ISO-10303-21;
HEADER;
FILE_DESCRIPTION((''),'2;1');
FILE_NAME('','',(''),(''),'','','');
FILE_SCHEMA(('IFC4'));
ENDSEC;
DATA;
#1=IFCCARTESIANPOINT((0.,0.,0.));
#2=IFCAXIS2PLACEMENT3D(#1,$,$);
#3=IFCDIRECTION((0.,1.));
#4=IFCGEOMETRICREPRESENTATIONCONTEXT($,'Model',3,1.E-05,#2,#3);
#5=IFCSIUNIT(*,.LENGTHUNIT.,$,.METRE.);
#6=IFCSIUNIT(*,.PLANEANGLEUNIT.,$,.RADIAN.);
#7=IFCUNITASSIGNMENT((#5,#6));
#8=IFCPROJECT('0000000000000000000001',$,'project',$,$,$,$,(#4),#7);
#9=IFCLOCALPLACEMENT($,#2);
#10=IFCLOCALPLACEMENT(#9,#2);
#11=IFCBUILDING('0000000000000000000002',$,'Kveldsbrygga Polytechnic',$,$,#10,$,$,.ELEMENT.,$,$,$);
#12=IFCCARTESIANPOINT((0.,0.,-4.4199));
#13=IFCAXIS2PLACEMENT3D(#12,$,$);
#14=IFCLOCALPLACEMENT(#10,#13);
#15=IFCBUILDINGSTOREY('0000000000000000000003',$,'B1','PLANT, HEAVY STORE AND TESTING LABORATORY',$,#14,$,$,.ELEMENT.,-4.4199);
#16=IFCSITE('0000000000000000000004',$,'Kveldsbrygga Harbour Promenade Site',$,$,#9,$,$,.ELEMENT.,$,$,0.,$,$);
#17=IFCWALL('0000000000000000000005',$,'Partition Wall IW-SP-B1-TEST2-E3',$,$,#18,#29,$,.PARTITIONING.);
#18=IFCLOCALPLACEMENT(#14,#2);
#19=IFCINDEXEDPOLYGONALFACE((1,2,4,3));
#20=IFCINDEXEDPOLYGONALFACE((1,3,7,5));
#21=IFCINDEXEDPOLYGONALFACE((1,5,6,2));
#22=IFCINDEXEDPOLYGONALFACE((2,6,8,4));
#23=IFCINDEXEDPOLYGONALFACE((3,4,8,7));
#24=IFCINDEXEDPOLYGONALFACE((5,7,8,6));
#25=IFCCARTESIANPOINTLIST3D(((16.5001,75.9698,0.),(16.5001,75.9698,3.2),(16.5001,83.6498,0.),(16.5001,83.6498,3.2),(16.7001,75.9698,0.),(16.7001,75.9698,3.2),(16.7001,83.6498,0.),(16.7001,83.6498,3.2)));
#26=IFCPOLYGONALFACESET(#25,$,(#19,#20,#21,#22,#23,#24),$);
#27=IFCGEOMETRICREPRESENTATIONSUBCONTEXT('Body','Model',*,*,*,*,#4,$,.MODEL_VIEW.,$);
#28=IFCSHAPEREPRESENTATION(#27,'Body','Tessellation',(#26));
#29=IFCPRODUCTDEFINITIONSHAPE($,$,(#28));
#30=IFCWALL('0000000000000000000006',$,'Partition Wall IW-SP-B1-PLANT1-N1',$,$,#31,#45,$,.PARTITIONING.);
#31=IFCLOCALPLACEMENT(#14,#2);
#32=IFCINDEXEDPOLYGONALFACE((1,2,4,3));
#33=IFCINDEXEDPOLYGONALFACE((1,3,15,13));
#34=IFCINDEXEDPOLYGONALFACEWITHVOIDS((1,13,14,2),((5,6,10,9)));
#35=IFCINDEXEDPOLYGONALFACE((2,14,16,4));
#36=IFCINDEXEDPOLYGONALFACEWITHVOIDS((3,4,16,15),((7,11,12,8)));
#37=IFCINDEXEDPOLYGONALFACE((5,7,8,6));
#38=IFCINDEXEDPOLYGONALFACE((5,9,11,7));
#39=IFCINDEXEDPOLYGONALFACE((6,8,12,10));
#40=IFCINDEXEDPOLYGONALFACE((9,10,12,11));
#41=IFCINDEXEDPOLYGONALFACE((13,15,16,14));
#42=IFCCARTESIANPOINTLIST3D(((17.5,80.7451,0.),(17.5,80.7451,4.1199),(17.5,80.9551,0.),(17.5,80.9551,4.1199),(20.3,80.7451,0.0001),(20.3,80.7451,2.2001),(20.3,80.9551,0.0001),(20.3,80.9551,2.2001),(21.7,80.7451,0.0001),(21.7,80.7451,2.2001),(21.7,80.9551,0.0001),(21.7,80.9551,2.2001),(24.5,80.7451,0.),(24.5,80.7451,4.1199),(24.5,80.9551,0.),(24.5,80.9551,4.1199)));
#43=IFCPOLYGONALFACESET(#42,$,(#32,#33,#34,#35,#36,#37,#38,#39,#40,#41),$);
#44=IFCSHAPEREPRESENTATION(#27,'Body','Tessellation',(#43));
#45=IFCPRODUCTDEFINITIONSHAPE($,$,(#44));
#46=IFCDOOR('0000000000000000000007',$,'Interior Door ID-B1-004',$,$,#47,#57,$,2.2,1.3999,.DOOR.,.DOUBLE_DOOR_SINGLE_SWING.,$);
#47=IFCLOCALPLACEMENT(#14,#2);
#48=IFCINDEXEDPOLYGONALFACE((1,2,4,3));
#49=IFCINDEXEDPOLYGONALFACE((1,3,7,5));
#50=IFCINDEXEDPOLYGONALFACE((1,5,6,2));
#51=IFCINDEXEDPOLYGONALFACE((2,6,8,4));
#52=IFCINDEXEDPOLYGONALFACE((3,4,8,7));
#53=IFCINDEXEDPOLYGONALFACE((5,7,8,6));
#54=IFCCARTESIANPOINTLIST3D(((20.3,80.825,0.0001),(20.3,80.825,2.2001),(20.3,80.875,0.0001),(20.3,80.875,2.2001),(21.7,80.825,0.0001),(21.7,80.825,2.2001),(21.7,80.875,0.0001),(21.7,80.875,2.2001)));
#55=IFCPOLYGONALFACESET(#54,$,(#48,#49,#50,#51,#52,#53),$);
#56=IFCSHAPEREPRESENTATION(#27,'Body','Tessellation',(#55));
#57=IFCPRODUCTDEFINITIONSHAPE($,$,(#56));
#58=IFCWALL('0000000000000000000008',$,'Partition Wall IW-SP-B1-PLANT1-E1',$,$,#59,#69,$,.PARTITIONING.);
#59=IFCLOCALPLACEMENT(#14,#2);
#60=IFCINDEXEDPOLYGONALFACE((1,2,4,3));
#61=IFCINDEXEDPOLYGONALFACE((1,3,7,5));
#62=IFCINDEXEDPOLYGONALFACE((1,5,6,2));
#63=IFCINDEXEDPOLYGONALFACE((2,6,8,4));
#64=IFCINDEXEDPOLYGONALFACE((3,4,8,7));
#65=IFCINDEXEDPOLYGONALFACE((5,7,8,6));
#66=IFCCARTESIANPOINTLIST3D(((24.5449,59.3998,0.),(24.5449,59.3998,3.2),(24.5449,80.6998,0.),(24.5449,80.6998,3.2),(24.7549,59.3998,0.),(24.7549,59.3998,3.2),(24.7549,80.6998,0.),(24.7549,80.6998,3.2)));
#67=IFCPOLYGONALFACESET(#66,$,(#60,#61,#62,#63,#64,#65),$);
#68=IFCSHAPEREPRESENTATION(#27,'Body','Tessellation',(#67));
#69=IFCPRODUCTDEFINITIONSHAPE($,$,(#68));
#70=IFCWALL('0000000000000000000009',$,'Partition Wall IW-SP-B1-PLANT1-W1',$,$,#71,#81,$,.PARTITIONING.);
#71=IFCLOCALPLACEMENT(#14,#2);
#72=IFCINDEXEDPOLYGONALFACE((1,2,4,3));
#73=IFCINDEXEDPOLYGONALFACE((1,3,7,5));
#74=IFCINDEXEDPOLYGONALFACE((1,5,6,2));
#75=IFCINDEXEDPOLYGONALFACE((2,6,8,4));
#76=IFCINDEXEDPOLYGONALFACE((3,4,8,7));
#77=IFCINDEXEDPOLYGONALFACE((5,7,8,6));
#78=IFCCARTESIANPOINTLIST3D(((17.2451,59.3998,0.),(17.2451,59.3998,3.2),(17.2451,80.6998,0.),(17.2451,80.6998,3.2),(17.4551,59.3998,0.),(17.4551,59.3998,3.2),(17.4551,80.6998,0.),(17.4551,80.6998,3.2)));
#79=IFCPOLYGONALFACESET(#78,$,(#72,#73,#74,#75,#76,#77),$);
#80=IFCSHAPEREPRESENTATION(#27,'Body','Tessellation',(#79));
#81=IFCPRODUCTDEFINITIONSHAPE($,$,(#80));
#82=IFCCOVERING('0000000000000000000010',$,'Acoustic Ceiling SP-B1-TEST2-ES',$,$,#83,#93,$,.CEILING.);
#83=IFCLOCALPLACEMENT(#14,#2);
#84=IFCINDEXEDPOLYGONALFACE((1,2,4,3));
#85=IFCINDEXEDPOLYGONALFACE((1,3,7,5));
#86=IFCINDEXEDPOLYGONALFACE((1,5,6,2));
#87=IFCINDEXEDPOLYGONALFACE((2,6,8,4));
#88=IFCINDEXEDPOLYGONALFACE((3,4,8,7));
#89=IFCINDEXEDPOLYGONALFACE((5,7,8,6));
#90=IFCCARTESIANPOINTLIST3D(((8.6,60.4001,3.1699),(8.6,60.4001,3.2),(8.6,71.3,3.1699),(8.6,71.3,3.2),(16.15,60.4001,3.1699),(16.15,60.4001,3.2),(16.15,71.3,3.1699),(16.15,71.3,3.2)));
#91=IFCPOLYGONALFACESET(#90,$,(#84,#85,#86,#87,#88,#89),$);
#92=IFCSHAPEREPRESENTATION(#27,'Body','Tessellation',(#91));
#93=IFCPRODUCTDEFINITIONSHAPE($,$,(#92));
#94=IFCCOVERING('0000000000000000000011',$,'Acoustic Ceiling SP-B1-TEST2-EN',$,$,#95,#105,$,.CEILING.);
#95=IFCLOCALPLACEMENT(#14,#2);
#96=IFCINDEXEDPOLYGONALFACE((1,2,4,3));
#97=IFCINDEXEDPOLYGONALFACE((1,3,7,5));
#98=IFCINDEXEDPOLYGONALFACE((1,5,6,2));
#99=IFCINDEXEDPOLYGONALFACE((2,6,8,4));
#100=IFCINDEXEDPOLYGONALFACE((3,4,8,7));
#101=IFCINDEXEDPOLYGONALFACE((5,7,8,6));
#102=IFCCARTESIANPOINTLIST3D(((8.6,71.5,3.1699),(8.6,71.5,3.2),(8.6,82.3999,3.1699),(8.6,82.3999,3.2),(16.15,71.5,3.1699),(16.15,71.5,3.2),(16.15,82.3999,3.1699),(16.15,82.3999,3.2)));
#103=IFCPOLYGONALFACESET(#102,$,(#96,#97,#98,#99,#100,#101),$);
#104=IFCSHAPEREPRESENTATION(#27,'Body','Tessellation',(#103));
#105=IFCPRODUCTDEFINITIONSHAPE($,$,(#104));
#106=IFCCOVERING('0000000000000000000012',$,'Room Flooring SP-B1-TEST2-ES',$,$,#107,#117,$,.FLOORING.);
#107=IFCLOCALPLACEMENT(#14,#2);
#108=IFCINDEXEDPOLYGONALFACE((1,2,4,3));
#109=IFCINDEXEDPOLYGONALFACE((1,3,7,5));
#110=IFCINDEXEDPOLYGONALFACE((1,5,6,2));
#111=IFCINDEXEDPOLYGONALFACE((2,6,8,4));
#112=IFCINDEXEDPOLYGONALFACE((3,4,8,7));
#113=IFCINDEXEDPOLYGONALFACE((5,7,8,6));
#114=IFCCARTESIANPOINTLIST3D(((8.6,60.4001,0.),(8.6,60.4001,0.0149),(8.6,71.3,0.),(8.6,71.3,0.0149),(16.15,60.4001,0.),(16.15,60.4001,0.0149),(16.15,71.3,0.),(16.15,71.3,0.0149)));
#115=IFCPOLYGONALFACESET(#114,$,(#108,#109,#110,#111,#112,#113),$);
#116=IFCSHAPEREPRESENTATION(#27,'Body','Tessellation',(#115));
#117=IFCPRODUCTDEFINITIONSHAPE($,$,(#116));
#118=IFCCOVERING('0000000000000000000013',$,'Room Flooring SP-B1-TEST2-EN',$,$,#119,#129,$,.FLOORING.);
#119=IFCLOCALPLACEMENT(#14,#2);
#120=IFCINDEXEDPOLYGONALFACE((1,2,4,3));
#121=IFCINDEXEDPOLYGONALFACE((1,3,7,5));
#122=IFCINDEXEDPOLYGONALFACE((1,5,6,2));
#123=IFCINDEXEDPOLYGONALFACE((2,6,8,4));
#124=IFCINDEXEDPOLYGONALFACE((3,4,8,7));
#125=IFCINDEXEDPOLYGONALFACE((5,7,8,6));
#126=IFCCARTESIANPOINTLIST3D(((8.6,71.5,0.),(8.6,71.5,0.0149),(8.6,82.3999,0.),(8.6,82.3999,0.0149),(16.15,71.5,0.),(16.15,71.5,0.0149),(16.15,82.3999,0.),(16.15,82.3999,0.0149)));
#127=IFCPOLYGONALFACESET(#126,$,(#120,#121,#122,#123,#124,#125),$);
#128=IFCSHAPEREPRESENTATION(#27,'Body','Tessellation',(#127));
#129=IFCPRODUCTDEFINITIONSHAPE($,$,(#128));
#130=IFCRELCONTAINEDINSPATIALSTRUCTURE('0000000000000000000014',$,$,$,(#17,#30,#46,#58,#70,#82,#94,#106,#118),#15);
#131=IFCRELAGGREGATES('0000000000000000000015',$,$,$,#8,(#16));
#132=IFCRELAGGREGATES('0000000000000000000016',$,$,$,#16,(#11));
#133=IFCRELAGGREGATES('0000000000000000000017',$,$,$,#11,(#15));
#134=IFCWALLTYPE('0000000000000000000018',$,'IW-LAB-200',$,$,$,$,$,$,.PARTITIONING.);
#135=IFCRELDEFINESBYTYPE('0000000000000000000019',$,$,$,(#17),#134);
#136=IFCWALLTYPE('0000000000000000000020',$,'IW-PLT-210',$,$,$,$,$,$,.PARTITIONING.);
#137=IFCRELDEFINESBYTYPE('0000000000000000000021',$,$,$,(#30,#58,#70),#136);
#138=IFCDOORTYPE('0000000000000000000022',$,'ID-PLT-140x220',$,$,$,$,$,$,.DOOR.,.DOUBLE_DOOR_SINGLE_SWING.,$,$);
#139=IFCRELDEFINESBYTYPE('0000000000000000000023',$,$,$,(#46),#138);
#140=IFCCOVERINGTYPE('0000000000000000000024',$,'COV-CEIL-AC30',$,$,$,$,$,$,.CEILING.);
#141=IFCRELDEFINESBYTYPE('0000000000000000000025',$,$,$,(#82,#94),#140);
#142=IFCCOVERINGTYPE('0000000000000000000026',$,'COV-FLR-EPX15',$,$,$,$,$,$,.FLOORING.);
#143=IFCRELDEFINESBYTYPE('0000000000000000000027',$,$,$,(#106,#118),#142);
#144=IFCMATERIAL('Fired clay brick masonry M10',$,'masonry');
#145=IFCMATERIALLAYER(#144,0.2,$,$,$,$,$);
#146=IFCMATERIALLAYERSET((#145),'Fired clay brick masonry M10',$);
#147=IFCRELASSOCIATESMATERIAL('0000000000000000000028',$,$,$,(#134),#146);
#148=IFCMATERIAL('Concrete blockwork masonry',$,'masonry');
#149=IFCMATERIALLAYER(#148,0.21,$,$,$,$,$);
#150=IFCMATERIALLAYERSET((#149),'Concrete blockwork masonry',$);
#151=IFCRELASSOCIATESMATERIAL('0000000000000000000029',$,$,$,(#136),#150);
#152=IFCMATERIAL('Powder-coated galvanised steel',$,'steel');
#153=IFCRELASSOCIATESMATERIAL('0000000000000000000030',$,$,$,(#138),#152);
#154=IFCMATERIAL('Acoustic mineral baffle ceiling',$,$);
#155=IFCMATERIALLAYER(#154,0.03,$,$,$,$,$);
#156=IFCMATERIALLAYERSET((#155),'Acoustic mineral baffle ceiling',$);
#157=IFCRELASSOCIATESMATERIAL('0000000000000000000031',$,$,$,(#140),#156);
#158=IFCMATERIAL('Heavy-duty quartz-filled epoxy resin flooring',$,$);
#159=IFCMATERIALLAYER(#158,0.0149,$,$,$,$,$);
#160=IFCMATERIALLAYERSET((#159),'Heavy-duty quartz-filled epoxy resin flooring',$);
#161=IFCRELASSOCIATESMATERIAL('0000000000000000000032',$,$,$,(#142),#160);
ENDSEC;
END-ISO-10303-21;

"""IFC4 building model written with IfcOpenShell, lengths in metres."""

from ifc_helpers import new_model, si_unit, direction, frame, frame_2d, origin, origin_2d, place, context, subcontext, project, spatial, rectangle, extrude, material, layer, layer_set, type_object, element, fill, save


model = new_model("IFC4")

# Units and contexts
model_context = context("Model", 3, precision=1e-05, world=origin(), true_north=direction((0.0, 1.0)))
body_context = subcontext(model_context, "Body", "Model", "MODEL_VIEW")
ifc_project = project(units=[si_unit("LENGTHUNIT", "METRE"), si_unit("PLANEANGLEUNIT", "RADIAN")], contexts=[model_context])

# Site, building, storey
site_placement = place(None, origin())
site = spatial("IfcSite", under=ifc_project, at=site_placement, Name="Kveldsbrygga Harbour Promenade Site", CompositionType="ELEMENT", RefElevation=0.0)
building_placement = place(site_placement, origin())
building = spatial("IfcBuilding", under=site, at=building_placement, Name="Kveldsbrygga Polytechnic", CompositionType="ELEMENT")
storey_placement = place(building_placement, frame((0.0, 0.0, -4.4199)))
storey = spatial("IfcBuildingStorey", under=building, at=storey_placement, Name="B1", Description="PLANT, HEAVY STORE AND TESTING LABORATORY", CompositionType="ELEMENT", Elevation=-4.4199)

# Wall
ifc_material_1 = material(Name="Fired clay brick masonry M10", Category="masonry")
ifc_layer_1 = layer(ifc_material_1, 0.2)
ifc_layer_set_1 = layer_set([ifc_layer_1], Name="Fired clay brick masonry M10")
wall_type_1 = type_object("IfcWallType", Name="IW-LAB-200", PredefinedType="PARTITIONING", material=ifc_layer_set_1)
wall_1_placement = place(storey_placement, frame((16.6001, 75.97, 0.0), z_axis=(0.0, 0.0, 1.0), x_axis=(0.0, 1.0, 0.0)))
element("IfcWall", 1, at=wall_1_placement, inside=storey, type_object=wall_type_1, Name="Partition Wall IW-SP-B1-TEST2-E3", PredefinedType="PARTITIONING", context=body_context, shape_type="SweptSolid", body=[
    extrude(rectangle(XDim=7.6799, YDim=0.2, at=frame_2d((3.8398, 0.0))), origin(), (0.0, 0.0, 1.0), 3.2),
])

# Wall, opening, door
ifc_material_2 = material(Name="Concrete blockwork masonry", Category="masonry")
ifc_layer_2 = layer(ifc_material_2, 0.21)
ifc_layer_set_2 = layer_set([ifc_layer_2], Name="Concrete blockwork masonry")
wall_type_2 = type_object("IfcWallType", Name="IW-PLT-210", PredefinedType="PARTITIONING", material=ifc_layer_set_2)
wall_2_placement = place(storey_placement, frame((17.5, 80.8501, 0.0), z_axis=(0.0, 0.0, 1.0), x_axis=(1.0, 0.0, 0.0)))
wall_2 = element("IfcWall", 2, at=wall_2_placement, inside=storey, type_object=wall_type_2, Name="Partition Wall IW-SP-B1-PLANT1-N1", PredefinedType="PARTITIONING", context=body_context, shape_type="SweptSolid", body=[
    extrude(rectangle(XDim=7.0, YDim=0.21, at=frame_2d((3.5, 0.0))), origin(), (0.0, 0.0, 1.0), 4.1199),
])
opening_placement = place(wall_2_placement, frame((2.8, 0.0, 0.0)))
opening = element("IfcOpeningElement", 3, at=opening_placement, cuts=wall_2, PredefinedType="OPENING", context=body_context, shape_type="SweptSolid", body=[
    extrude(rectangle(XDim=1.3999, YDim=2.2, at=frame_2d((0.7, 1.1001))), frame((0.0, 0.115, 0.0), z_axis=(0.0, -1.0, 0.0), x_axis=(1.0, 0.0, 0.0)), (0.0, 0.0, 1.0), 0.23),
])
ifc_material_3 = material(Name="Powder-coated galvanised steel", Category="steel")
door_type = type_object("IfcDoorType", Name="ID-PLT-140x220", OperationType="DOUBLE_DOOR_SINGLE_SWING", PredefinedType="DOOR", material=ifc_material_3)
door_placement = place(opening_placement, origin())
door = element("IfcDoor", 4, at=door_placement, inside=storey, type_object=door_type, Name="Interior Door ID-B1-004", OperationType="DOUBLE_DOOR_SINGLE_SWING", OverallHeight=2.2, OverallWidth=1.3999, PredefinedType="DOOR", context=body_context, shape_type="SweptSolid", body=[
    extrude(rectangle(XDim=1.3999, YDim=2.2, at=frame_2d((0.7, 1.1001))), frame((0.0, 0.0249, 0.0), z_axis=(0.0, -1.0, 0.0), x_axis=(1.0, 0.0, 0.0)), (0.0, 0.0, 1.0), 0.05),
])
fill(opening, door)

# Walls
for number, where, z_axis, x_axis, name in (
    (5, (24.6499, 59.3999, 0.0), (0.0, 0.0, 1.0), (0.0, 1.0, 0.0), "Partition Wall IW-SP-B1-PLANT1-E1"),
    (6, (17.3501, 59.3999, 0.0), (0.0, 0.0, 1.0), (0.0, 1.0, 0.0), "Partition Wall IW-SP-B1-PLANT1-W1"),
):
    element("IfcWall", number, at=place(storey_placement, frame(where, z_axis=z_axis, x_axis=x_axis)), inside=storey, type_object=wall_type_2, Name=name, PredefinedType="PARTITIONING", context=body_context, shape_type="SweptSolid", body=[
        extrude(rectangle(XDim=21.3, YDim=0.21, at=frame_2d((10.6499, 0.0))), origin(), (0.0, 0.0, 1.0), 3.2),
    ])

# Coverings
ifc_material_4 = material(Name="Acoustic mineral baffle ceiling")
ifc_layer_3 = layer(ifc_material_4, 0.03)
ifc_layer_set_3 = layer_set([ifc_layer_3], Name="Acoustic mineral baffle ceiling")
covering_type_1 = type_object("IfcCoveringType", Name="COV-CEIL-AC30", PredefinedType="CEILING", material=ifc_layer_set_3)
for number, where, z_axis, x_axis, name in (
    (7, (12.375, 65.8501, 3.1699), (0.0, 0.0, 1.0), (1.0, 0.0, 0.0), "Acoustic Ceiling SP-B1-TEST2-ES"),
    (8, (12.375, 76.95, 3.1699), (0.0, 0.0, 1.0), (1.0, 0.0, 0.0), "Acoustic Ceiling SP-B1-TEST2-EN"),
):
    element("IfcCovering", number, at=place(storey_placement, frame(where, z_axis=z_axis, x_axis=x_axis)), inside=storey, type_object=covering_type_1, Name=name, PredefinedType="CEILING", context=body_context, shape_type="SweptSolid", body=[
        extrude(rectangle(XDim=7.55, YDim=10.8999, at=origin_2d()), origin(), (0.0, 0.0, 1.0), 0.03),
    ])
ifc_material_5 = material(Name="Heavy-duty quartz-filled epoxy resin flooring")
ifc_layer_4 = layer(ifc_material_5, 0.0149)
ifc_layer_set_4 = layer_set([ifc_layer_4], Name="Heavy-duty quartz-filled epoxy resin flooring")
covering_type_2 = type_object("IfcCoveringType", Name="COV-FLR-EPX15", PredefinedType="FLOORING", material=ifc_layer_set_4)
for number, where, z_axis, x_axis, name in (
    (9, (12.375, 65.8501, 0.0), (0.0, 0.0, 1.0), (1.0, 0.0, 0.0), "Room Flooring SP-B1-TEST2-ES"),
    (10, (12.375, 76.95, 0.0), (0.0, 0.0, 1.0), (1.0, 0.0, 0.0), "Room Flooring SP-B1-TEST2-EN"),
):
    element("IfcCovering", number, at=place(storey_placement, frame(where, z_axis=z_axis, x_axis=x_axis)), inside=storey, type_object=covering_type_2, Name=name, PredefinedType="FLOORING", context=body_context, shape_type="SweptSolid", body=[
        extrude(rectangle(XDim=7.55, YDim=10.8999, at=origin_2d()), origin(), (0.0, 0.0, 1.0), 0.0149),
    ])

save(model, "model.ifc")
